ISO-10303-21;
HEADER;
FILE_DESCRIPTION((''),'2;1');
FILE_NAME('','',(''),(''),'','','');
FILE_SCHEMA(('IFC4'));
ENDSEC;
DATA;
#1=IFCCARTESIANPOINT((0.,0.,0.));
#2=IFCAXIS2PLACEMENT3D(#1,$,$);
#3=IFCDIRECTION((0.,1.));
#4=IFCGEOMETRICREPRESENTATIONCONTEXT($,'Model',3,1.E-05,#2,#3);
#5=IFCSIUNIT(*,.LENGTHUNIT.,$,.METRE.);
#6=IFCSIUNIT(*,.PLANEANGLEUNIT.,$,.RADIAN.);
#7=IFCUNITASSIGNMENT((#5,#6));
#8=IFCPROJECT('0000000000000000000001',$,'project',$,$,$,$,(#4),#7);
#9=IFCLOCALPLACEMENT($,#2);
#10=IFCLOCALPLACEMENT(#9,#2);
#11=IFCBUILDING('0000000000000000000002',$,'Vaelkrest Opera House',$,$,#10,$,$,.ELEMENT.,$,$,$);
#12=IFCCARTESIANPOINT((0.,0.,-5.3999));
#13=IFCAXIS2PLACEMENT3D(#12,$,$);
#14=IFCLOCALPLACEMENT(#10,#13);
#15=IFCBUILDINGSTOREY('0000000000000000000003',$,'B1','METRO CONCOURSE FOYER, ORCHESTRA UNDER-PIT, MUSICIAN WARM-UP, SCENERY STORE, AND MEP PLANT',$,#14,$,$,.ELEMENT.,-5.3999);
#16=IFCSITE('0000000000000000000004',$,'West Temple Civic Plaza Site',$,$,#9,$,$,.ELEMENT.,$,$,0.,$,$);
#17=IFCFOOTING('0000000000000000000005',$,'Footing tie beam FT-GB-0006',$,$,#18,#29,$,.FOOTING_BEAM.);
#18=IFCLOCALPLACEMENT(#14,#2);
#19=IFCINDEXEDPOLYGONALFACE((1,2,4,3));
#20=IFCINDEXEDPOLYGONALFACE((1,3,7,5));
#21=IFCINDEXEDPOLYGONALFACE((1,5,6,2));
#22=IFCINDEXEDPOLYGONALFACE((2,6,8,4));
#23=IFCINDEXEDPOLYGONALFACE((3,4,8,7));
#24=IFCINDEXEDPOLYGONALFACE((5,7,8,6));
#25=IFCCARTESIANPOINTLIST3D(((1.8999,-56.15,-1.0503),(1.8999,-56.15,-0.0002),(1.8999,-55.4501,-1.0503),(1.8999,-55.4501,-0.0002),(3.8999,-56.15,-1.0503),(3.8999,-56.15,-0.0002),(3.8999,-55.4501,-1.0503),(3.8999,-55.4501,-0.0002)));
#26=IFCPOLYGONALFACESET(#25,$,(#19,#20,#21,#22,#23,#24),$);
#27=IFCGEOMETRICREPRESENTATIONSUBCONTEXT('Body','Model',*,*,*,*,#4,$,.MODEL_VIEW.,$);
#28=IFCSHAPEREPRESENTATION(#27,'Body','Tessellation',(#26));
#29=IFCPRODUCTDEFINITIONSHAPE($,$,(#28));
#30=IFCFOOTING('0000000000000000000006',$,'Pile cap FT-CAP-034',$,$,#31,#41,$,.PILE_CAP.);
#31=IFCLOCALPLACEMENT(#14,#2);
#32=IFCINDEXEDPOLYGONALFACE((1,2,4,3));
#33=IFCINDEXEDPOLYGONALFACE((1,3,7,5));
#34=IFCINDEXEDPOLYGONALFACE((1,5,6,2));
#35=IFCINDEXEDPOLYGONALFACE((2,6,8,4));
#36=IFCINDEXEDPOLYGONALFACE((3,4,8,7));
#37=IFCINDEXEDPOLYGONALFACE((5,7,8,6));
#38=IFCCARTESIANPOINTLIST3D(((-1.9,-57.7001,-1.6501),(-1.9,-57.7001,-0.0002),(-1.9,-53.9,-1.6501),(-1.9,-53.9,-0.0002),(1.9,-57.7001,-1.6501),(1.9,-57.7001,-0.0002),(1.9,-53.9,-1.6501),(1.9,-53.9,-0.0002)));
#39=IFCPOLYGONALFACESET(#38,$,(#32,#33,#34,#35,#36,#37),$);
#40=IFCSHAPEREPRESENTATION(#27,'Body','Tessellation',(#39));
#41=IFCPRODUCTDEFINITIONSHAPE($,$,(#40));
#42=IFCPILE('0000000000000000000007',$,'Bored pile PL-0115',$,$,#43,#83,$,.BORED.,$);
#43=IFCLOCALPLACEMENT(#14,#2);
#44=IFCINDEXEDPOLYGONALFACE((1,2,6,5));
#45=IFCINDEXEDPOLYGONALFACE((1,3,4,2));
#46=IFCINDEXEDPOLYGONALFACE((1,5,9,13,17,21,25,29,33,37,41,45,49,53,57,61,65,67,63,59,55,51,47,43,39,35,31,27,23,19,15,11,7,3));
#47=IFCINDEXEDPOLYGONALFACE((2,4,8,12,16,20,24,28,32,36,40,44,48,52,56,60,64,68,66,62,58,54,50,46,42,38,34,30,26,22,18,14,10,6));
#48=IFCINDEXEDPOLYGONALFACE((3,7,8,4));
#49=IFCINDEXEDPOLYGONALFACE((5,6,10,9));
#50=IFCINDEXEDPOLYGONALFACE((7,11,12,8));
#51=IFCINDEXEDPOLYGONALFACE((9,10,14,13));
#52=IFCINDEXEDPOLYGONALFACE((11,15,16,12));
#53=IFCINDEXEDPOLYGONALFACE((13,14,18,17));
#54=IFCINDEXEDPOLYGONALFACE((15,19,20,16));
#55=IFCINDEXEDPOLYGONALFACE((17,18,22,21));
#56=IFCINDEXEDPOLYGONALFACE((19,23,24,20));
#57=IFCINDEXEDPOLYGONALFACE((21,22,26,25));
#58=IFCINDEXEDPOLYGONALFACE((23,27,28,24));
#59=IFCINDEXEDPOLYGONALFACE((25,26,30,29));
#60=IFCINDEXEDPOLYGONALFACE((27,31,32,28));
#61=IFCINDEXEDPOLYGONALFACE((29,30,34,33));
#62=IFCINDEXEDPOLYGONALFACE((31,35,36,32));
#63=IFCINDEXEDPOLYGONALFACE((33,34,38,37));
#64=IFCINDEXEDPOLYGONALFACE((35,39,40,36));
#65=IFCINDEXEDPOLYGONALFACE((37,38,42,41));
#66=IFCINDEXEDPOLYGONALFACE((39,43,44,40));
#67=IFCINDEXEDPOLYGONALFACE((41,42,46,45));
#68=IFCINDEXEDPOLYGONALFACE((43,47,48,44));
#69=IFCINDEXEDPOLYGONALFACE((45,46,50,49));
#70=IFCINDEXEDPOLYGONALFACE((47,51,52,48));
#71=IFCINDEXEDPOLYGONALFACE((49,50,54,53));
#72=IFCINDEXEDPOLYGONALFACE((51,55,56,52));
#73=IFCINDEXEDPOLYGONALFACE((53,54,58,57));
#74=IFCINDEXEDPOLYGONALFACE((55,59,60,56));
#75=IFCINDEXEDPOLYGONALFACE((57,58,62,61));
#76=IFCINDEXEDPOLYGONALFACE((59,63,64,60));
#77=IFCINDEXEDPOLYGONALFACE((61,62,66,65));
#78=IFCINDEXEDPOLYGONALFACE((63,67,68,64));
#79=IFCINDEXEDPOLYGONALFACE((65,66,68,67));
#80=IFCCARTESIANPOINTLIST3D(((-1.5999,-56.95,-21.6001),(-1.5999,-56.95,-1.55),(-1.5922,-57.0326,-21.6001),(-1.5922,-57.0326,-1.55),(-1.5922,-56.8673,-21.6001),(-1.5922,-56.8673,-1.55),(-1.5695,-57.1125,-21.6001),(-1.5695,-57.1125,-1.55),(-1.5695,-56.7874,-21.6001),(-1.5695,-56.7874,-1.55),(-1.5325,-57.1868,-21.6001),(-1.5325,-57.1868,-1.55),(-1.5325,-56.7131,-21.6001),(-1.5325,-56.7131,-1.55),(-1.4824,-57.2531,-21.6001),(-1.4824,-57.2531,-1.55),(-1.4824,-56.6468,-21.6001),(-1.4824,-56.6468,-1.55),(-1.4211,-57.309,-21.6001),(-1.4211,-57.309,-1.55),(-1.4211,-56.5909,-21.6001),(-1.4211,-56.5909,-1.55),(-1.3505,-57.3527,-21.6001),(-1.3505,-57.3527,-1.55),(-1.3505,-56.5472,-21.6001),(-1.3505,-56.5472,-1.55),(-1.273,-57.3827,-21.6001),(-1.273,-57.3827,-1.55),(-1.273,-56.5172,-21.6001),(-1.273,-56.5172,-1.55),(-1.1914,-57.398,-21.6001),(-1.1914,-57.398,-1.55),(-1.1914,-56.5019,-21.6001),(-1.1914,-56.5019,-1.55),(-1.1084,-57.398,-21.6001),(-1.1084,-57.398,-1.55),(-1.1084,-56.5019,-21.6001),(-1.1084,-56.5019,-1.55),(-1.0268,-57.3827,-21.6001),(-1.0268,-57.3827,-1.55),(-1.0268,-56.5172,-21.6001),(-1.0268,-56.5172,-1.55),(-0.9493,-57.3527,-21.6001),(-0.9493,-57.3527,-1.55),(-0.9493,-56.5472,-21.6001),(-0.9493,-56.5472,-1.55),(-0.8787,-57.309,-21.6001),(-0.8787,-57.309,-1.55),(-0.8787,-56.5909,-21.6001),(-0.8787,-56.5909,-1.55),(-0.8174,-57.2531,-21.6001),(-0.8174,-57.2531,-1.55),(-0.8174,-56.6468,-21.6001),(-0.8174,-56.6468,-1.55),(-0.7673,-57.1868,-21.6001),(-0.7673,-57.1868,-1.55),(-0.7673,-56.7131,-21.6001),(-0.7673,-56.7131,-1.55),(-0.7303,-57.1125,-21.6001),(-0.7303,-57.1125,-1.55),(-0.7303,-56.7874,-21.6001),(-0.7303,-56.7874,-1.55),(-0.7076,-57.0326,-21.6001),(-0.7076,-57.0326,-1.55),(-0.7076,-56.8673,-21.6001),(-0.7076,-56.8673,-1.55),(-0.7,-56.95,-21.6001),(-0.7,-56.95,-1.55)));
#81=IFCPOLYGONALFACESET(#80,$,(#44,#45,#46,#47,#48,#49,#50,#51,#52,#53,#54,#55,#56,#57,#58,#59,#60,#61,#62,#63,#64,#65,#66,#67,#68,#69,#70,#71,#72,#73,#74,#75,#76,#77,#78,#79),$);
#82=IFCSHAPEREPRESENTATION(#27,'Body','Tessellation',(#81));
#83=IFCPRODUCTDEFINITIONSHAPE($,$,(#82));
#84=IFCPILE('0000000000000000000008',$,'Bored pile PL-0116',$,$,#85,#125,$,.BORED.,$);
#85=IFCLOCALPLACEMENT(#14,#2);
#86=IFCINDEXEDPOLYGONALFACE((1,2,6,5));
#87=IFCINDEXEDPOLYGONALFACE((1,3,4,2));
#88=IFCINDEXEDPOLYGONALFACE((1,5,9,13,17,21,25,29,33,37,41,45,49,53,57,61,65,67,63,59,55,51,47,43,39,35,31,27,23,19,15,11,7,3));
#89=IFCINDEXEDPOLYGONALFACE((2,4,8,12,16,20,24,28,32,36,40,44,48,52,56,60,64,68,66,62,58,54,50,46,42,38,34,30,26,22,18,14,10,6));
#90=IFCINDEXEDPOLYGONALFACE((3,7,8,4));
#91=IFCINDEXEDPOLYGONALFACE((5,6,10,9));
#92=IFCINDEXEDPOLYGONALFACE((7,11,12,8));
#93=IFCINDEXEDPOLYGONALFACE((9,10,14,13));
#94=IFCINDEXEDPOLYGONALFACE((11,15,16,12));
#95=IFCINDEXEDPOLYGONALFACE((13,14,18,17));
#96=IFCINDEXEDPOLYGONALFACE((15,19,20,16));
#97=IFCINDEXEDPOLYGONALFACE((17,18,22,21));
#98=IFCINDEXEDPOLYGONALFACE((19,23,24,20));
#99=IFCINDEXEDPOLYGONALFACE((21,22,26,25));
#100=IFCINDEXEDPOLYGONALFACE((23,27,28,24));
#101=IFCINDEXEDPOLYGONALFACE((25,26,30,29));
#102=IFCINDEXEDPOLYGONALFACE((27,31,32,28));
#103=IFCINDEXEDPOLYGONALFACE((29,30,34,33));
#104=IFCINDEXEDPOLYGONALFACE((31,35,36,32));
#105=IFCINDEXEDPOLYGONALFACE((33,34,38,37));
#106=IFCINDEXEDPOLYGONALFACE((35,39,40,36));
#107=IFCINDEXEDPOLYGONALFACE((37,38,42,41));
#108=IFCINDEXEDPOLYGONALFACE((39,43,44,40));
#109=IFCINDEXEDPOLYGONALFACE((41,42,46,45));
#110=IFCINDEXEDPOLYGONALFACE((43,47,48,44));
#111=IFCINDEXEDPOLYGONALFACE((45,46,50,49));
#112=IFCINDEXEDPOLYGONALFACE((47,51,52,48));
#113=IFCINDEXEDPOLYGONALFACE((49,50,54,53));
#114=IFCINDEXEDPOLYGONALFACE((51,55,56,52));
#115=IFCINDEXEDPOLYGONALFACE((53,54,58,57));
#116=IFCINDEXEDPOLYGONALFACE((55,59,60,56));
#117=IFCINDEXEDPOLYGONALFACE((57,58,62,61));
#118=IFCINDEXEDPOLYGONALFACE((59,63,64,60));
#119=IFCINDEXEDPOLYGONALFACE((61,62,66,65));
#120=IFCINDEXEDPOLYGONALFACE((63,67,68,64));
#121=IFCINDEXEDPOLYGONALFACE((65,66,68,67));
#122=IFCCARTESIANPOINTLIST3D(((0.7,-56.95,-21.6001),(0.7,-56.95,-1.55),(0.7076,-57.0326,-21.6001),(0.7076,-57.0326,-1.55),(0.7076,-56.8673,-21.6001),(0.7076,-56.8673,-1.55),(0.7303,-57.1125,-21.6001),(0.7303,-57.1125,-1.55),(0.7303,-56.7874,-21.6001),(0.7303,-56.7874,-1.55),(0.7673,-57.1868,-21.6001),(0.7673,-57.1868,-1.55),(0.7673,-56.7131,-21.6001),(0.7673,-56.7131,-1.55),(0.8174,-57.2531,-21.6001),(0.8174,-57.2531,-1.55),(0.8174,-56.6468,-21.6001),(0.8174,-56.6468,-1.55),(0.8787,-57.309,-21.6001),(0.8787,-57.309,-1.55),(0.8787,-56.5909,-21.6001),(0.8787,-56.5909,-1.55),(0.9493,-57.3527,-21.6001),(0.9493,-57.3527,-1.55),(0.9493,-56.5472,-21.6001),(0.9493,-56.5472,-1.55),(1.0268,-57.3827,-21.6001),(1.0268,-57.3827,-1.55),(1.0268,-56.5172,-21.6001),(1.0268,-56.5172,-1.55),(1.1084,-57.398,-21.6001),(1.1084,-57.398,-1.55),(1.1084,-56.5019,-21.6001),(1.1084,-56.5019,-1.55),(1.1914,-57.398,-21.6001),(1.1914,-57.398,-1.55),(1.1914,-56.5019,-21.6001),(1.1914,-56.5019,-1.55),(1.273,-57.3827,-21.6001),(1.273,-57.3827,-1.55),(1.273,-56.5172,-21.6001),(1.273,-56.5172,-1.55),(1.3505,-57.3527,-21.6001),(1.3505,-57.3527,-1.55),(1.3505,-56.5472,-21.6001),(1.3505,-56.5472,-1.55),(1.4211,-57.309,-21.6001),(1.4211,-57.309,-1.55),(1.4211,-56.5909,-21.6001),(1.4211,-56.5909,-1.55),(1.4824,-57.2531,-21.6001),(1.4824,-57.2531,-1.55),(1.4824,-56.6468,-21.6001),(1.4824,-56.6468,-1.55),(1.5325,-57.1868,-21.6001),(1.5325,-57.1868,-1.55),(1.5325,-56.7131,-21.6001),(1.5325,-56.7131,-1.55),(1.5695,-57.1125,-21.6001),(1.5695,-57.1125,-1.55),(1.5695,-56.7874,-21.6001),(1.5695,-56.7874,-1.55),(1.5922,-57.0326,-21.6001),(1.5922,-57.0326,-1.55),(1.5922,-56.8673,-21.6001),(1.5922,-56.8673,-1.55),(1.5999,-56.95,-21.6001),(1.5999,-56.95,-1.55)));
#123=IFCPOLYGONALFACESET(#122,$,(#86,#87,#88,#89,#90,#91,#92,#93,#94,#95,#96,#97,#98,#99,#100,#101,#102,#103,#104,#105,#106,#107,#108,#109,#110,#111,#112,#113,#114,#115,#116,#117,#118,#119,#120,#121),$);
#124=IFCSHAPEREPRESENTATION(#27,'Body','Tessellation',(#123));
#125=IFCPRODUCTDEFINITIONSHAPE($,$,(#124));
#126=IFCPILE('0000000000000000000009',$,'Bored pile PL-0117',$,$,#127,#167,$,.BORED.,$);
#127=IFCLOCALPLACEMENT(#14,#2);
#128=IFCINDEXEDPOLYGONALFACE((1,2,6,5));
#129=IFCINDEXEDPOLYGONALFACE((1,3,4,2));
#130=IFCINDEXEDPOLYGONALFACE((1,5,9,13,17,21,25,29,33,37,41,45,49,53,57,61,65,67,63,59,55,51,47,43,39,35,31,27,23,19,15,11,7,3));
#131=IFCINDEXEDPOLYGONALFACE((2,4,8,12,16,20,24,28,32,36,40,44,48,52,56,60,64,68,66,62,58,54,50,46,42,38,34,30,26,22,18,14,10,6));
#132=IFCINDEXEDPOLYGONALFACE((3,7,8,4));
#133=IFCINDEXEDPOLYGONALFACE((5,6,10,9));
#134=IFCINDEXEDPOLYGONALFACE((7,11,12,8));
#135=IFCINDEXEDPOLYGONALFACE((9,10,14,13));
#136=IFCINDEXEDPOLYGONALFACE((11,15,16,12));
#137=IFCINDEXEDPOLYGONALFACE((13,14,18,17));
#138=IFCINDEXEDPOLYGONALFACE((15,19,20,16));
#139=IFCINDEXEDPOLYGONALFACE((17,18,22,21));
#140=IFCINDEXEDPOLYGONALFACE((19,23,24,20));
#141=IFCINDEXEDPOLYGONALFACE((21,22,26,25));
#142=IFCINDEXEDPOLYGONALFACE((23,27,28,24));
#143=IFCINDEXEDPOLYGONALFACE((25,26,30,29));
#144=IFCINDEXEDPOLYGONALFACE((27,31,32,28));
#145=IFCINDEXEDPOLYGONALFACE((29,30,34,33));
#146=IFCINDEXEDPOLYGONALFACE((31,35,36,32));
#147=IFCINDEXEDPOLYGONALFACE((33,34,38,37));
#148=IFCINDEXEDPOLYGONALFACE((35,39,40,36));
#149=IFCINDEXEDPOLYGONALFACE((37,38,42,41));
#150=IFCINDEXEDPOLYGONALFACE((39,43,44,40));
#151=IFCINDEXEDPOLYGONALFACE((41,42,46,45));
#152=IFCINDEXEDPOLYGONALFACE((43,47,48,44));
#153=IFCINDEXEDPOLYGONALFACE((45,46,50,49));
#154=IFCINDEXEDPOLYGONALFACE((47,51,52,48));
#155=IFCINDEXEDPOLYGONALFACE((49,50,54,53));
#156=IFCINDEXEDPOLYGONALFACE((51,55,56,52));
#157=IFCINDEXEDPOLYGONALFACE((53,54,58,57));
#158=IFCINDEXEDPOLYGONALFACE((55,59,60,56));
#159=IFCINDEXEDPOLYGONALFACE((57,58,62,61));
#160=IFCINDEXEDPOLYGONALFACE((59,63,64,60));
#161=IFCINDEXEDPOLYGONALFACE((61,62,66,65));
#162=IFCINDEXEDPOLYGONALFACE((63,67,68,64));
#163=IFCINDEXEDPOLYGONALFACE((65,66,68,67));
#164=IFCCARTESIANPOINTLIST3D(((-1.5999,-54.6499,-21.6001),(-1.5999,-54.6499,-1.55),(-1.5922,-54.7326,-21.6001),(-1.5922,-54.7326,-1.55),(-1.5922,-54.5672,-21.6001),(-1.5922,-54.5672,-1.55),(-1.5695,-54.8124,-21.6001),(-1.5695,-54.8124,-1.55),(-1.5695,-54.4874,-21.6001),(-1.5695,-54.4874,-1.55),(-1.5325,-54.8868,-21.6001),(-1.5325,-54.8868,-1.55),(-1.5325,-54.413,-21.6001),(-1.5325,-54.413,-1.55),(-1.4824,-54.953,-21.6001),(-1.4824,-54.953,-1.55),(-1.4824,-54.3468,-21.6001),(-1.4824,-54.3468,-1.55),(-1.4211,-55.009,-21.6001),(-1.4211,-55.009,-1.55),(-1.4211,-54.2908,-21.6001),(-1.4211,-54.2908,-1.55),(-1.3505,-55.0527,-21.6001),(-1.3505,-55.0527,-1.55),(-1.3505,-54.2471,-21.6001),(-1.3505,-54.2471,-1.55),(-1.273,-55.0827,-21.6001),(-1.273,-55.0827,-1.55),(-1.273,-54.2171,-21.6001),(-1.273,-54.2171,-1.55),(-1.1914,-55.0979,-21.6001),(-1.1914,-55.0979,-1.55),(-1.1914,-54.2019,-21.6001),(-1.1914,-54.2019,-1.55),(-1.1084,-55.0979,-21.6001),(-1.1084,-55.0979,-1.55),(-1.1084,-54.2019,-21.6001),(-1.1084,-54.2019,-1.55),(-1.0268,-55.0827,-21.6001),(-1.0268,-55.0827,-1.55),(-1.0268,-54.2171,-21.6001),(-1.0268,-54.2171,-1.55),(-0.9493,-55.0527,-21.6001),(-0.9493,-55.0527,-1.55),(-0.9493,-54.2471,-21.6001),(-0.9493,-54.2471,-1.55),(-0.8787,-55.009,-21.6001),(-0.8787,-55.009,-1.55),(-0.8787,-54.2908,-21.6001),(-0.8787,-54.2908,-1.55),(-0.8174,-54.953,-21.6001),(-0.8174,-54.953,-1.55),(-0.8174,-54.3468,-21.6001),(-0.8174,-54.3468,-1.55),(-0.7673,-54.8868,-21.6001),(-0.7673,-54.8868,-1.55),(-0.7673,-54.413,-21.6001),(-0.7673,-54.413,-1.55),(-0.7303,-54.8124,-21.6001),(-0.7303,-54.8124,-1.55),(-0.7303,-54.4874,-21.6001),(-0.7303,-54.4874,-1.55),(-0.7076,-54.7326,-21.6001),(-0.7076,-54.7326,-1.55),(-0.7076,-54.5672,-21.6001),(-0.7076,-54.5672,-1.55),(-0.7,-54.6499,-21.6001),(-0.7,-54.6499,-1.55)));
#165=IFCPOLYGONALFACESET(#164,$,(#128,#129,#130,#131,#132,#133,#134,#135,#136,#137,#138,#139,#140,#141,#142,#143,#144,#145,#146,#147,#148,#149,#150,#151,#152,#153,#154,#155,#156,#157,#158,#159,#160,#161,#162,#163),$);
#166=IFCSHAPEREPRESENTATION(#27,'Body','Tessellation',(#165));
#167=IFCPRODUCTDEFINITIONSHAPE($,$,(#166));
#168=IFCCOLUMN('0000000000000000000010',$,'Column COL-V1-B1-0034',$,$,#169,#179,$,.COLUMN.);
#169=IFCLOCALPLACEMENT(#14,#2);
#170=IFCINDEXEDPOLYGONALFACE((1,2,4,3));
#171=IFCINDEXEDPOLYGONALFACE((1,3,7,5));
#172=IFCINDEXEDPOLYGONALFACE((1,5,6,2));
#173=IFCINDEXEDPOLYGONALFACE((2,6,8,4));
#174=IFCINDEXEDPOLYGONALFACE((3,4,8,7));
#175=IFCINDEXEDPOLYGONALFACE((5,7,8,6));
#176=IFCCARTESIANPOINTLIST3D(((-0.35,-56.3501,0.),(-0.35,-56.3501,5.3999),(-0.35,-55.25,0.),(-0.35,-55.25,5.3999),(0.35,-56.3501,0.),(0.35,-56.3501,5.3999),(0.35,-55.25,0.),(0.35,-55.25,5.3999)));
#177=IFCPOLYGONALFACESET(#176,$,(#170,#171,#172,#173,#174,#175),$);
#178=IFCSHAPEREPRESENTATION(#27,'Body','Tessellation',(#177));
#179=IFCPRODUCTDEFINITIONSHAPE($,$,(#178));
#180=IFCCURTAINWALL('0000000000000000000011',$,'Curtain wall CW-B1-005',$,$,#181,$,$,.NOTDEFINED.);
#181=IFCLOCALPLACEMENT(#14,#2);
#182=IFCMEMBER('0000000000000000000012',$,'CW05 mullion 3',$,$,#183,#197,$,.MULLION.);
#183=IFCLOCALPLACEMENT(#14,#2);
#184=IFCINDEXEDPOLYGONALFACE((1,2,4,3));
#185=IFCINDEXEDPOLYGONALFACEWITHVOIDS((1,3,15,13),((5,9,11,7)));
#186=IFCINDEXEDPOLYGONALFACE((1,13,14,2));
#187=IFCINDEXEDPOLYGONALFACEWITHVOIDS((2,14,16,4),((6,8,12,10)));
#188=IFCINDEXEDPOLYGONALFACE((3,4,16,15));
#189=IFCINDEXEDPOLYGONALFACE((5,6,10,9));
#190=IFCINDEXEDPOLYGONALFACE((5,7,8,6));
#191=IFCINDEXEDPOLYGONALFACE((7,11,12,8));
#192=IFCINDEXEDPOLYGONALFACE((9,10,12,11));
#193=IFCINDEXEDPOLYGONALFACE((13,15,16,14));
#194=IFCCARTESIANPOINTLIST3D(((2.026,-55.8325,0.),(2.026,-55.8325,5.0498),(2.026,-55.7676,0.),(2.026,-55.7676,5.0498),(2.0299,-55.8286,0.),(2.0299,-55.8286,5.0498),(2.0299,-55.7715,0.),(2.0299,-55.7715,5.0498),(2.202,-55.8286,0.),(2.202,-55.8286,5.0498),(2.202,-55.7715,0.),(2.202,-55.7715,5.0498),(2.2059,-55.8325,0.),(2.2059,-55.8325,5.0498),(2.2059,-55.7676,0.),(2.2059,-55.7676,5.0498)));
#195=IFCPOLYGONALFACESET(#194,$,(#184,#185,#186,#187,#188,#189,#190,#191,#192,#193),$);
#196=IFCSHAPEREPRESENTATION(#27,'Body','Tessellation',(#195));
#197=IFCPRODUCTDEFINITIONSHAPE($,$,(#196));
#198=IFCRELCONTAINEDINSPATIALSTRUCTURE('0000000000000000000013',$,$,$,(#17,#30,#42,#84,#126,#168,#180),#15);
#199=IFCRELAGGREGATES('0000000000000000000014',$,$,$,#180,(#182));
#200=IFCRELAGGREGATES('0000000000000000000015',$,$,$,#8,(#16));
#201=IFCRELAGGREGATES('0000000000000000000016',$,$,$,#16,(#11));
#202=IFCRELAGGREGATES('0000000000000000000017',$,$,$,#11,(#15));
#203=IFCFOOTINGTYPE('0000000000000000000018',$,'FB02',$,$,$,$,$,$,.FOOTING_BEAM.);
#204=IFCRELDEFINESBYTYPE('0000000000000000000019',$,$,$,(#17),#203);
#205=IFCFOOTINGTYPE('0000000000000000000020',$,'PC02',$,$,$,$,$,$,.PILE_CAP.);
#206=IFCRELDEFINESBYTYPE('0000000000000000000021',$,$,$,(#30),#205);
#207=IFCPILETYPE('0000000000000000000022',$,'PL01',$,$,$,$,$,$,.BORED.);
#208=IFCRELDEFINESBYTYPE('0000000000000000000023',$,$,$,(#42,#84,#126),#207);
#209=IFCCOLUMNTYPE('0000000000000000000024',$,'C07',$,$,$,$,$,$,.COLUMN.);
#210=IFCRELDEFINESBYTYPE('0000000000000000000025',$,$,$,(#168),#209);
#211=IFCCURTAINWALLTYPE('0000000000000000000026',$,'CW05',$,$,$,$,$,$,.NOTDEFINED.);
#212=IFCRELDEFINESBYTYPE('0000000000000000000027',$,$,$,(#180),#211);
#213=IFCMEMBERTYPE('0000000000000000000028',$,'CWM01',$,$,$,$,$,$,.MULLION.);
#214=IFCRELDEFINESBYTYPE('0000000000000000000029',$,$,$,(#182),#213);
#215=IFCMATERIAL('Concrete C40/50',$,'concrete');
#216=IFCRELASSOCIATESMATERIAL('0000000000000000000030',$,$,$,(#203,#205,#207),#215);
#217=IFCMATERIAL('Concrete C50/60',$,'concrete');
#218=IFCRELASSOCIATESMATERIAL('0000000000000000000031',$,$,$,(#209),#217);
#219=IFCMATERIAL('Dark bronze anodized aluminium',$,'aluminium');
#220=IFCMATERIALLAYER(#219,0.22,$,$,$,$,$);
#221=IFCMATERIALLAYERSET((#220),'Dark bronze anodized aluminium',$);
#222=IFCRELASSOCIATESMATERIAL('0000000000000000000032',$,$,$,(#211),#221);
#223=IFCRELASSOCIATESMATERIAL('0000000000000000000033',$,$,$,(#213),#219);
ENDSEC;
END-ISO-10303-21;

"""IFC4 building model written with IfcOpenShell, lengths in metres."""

from ifc_helpers import new_model, si_unit, direction, frame, origin, origin_2d, place, context, subcontext, project, spatial, rectangle, hollow_rectangle, circle, extrude, material, layer, layer_set, material_profile, profile_set, type_object, element, aggregate, save


model = new_model("IFC4")

# Units and contexts
model_context = context("Model", 3, precision=1e-05, world=origin(), true_north=direction((0.0, 1.0)))
body_context = subcontext(model_context, "Body", "Model", "MODEL_VIEW")
ifc_project = project(units=[si_unit("LENGTHUNIT", "METRE"), si_unit("PLANEANGLEUNIT", "RADIAN")], contexts=[model_context])

# Site, building, storey
site_placement = place(None, origin())
site = spatial("IfcSite", under=ifc_project, at=site_placement, Name="West Temple Civic Plaza Site", CompositionType="ELEMENT", RefElevation=0.0)
building_placement = place(site_placement, origin())
building = spatial("IfcBuilding", under=site, at=building_placement, Name="Vaelkrest Opera House", CompositionType="ELEMENT")
storey_placement = place(building_placement, frame((0.0, 0.0, -5.3999)))
storey = spatial("IfcBuildingStorey", under=building, at=storey_placement, Name="B1", Description="METRO CONCOURSE FOYER, ORCHESTRA UNDER-PIT, MUSICIAN WARM-UP, SCENERY STORE, AND MEP PLANT", CompositionType="ELEMENT", Elevation=-5.3999)

# Footings
ifc_material_1 = material(Name="Concrete C40/50", Category="concrete")
footing_type_1 = type_object("IfcFootingType", Name="FB02", PredefinedType="FOOTING_BEAM", material=ifc_material_1)
footing_1_placement = place(storey_placement, frame((2.8999, -55.8, -1.0503), z_axis=(0.0, 0.0, 1.0), x_axis=(1.0, 0.0, 0.0)))
element("IfcFooting", 1, at=footing_1_placement, inside=storey, type_object=footing_type_1, Name="Footing tie beam FT-GB-0006", PredefinedType="FOOTING_BEAM", context=body_context, shape_type="SweptSolid", body=[
    extrude(rectangle(XDim=2.0, YDim=0.7, at=origin_2d()), origin(), (0.0, 0.0, 1.0), 1.05),
])
footing_type_2 = type_object("IfcFootingType", Name="PC02", PredefinedType="PILE_CAP", material=ifc_material_1)
footing_2_placement = place(storey_placement, frame((0.0, -55.8, -1.6501), z_axis=(0.0, 0.0, 1.0), x_axis=(1.0, 0.0, 0.0)))
element("IfcFooting", 2, at=footing_2_placement, inside=storey, type_object=footing_type_2, Name="Pile cap FT-CAP-034", PredefinedType="PILE_CAP", context=body_context, shape_type="SweptSolid", body=[
    extrude(rectangle(XDim=3.8, YDim=3.8, at=origin_2d()), origin(), (0.0, 0.0, 1.0), 1.6499),
])

# Piles
ifc_material_profile_1 = material_profile(ifc_material_1, circle(Radius=0.45, at=origin_2d()), Name="PILE900")
ifc_profile_set_1 = profile_set([ifc_material_profile_1], Name="Concrete C40/50")
pile_type = type_object("IfcPileType", Name="PL01", PredefinedType="BORED", material=ifc_profile_set_1)
for number, where, z_axis, x_axis, name in (
    (3, (-1.1499, -56.95, -1.55), (0.0, 0.0, -1.0), (1.0, 0.0, 0.0), "Bored pile PL-0115"),
    (4, (1.1499, -56.95, -1.55), (0.0, 0.0, -1.0), (1.0, 0.0, 0.0), "Bored pile PL-0116"),
    (5, (-1.1499, -54.6499, -1.55), (0.0, 0.0, -1.0), (1.0, 0.0, 0.0), "Bored pile PL-0117"),
):
    element("IfcPile", number, at=place(storey_placement, frame(where, z_axis=z_axis, x_axis=x_axis)), inside=storey, type_object=pile_type, Name=name, PredefinedType="BORED", context=body_context, shape_type="SweptSolid", body=[
        extrude(circle(Radius=0.45, at=origin_2d()), origin(), (0.0, 0.0, 1.0), 20.05),
    ])

# Column
ifc_material_2 = material(Name="Concrete C50/60", Category="concrete")
ifc_material_profile_2 = material_profile(ifc_material_2, rectangle(XDim=0.7, YDim=1.1001, at=origin_2d()), Name="RC700X1100")
ifc_profile_set_2 = profile_set([ifc_material_profile_2], Name="Concrete C50/60")
column_type = type_object("IfcColumnType", Name="C07", PredefinedType="COLUMN", material=ifc_profile_set_2)
column_placement = place(storey_placement, frame((0.0, -55.8, 0.0), z_axis=(0.0, 0.0, 1.0), x_axis=(1.0, 0.0, 0.0)))
element("IfcColumn", 6, at=column_placement, inside=storey, type_object=column_type, Name="Column COL-V1-B1-0034", PredefinedType="COLUMN", context=body_context, shape_type="SweptSolid", body=[
    extrude(rectangle(XDim=0.7, YDim=1.1001, at=origin_2d()), origin(), (0.0, 0.0, 1.0), 5.3999),
])

# Curtain wall, member
ifc_material_3 = material(Name="Dark bronze anodized aluminium", Category="aluminium")
ifc_layer_1 = layer(ifc_material_3, 0.22)
ifc_layer_set_1 = layer_set([ifc_layer_1], Name="Dark bronze anodized aluminium")
curtain_wall_type_1 = type_object("IfcCurtainWallType", Name="CW05", PredefinedType="NOTDEFINED", material=ifc_layer_set_1)
curtain_wall_1_placement = place(storey_placement, origin())
curtain_wall_1 = element("IfcCurtainWall", 7, at=curtain_wall_1_placement, inside=storey, type_object=curtain_wall_type_1, Name="Curtain wall CW-B1-005", PredefinedType="NOTDEFINED")
ifc_material_profile_3 = material_profile(ifc_material_3, hollow_rectangle(XDim=0.0649, YDim=0.1799, WallThickness=0.0039, at=origin_2d()), Name="CWM65X180")
ifc_profile_set_3 = profile_set([ifc_material_profile_3], Name="Dark bronze anodized aluminium")
member_type_1 = type_object("IfcMemberType", Name="CWM01", PredefinedType="MULLION", material=ifc_profile_set_3)
member_1_placement = place(storey_placement, frame((2.116, -55.8, 0.0), z_axis=(0.0, 0.0, 1.0), x_axis=(0.0, -1.0, 0.0)))
member_1 = element("IfcMember", 8, at=member_1_placement, type_object=member_type_1, Name="CW05 mullion 3", PredefinedType="MULLION", context=body_context, shape_type="SweptSolid", body=[
    extrude(hollow_rectangle(XDim=0.0649, YDim=0.1799, WallThickness=0.0039, at=origin_2d()), origin(), (0.0, 0.0, 1.0), 5.0498),
])

aggregate(curtain_wall_1, [member_1])

save(model, "model.ifc")
